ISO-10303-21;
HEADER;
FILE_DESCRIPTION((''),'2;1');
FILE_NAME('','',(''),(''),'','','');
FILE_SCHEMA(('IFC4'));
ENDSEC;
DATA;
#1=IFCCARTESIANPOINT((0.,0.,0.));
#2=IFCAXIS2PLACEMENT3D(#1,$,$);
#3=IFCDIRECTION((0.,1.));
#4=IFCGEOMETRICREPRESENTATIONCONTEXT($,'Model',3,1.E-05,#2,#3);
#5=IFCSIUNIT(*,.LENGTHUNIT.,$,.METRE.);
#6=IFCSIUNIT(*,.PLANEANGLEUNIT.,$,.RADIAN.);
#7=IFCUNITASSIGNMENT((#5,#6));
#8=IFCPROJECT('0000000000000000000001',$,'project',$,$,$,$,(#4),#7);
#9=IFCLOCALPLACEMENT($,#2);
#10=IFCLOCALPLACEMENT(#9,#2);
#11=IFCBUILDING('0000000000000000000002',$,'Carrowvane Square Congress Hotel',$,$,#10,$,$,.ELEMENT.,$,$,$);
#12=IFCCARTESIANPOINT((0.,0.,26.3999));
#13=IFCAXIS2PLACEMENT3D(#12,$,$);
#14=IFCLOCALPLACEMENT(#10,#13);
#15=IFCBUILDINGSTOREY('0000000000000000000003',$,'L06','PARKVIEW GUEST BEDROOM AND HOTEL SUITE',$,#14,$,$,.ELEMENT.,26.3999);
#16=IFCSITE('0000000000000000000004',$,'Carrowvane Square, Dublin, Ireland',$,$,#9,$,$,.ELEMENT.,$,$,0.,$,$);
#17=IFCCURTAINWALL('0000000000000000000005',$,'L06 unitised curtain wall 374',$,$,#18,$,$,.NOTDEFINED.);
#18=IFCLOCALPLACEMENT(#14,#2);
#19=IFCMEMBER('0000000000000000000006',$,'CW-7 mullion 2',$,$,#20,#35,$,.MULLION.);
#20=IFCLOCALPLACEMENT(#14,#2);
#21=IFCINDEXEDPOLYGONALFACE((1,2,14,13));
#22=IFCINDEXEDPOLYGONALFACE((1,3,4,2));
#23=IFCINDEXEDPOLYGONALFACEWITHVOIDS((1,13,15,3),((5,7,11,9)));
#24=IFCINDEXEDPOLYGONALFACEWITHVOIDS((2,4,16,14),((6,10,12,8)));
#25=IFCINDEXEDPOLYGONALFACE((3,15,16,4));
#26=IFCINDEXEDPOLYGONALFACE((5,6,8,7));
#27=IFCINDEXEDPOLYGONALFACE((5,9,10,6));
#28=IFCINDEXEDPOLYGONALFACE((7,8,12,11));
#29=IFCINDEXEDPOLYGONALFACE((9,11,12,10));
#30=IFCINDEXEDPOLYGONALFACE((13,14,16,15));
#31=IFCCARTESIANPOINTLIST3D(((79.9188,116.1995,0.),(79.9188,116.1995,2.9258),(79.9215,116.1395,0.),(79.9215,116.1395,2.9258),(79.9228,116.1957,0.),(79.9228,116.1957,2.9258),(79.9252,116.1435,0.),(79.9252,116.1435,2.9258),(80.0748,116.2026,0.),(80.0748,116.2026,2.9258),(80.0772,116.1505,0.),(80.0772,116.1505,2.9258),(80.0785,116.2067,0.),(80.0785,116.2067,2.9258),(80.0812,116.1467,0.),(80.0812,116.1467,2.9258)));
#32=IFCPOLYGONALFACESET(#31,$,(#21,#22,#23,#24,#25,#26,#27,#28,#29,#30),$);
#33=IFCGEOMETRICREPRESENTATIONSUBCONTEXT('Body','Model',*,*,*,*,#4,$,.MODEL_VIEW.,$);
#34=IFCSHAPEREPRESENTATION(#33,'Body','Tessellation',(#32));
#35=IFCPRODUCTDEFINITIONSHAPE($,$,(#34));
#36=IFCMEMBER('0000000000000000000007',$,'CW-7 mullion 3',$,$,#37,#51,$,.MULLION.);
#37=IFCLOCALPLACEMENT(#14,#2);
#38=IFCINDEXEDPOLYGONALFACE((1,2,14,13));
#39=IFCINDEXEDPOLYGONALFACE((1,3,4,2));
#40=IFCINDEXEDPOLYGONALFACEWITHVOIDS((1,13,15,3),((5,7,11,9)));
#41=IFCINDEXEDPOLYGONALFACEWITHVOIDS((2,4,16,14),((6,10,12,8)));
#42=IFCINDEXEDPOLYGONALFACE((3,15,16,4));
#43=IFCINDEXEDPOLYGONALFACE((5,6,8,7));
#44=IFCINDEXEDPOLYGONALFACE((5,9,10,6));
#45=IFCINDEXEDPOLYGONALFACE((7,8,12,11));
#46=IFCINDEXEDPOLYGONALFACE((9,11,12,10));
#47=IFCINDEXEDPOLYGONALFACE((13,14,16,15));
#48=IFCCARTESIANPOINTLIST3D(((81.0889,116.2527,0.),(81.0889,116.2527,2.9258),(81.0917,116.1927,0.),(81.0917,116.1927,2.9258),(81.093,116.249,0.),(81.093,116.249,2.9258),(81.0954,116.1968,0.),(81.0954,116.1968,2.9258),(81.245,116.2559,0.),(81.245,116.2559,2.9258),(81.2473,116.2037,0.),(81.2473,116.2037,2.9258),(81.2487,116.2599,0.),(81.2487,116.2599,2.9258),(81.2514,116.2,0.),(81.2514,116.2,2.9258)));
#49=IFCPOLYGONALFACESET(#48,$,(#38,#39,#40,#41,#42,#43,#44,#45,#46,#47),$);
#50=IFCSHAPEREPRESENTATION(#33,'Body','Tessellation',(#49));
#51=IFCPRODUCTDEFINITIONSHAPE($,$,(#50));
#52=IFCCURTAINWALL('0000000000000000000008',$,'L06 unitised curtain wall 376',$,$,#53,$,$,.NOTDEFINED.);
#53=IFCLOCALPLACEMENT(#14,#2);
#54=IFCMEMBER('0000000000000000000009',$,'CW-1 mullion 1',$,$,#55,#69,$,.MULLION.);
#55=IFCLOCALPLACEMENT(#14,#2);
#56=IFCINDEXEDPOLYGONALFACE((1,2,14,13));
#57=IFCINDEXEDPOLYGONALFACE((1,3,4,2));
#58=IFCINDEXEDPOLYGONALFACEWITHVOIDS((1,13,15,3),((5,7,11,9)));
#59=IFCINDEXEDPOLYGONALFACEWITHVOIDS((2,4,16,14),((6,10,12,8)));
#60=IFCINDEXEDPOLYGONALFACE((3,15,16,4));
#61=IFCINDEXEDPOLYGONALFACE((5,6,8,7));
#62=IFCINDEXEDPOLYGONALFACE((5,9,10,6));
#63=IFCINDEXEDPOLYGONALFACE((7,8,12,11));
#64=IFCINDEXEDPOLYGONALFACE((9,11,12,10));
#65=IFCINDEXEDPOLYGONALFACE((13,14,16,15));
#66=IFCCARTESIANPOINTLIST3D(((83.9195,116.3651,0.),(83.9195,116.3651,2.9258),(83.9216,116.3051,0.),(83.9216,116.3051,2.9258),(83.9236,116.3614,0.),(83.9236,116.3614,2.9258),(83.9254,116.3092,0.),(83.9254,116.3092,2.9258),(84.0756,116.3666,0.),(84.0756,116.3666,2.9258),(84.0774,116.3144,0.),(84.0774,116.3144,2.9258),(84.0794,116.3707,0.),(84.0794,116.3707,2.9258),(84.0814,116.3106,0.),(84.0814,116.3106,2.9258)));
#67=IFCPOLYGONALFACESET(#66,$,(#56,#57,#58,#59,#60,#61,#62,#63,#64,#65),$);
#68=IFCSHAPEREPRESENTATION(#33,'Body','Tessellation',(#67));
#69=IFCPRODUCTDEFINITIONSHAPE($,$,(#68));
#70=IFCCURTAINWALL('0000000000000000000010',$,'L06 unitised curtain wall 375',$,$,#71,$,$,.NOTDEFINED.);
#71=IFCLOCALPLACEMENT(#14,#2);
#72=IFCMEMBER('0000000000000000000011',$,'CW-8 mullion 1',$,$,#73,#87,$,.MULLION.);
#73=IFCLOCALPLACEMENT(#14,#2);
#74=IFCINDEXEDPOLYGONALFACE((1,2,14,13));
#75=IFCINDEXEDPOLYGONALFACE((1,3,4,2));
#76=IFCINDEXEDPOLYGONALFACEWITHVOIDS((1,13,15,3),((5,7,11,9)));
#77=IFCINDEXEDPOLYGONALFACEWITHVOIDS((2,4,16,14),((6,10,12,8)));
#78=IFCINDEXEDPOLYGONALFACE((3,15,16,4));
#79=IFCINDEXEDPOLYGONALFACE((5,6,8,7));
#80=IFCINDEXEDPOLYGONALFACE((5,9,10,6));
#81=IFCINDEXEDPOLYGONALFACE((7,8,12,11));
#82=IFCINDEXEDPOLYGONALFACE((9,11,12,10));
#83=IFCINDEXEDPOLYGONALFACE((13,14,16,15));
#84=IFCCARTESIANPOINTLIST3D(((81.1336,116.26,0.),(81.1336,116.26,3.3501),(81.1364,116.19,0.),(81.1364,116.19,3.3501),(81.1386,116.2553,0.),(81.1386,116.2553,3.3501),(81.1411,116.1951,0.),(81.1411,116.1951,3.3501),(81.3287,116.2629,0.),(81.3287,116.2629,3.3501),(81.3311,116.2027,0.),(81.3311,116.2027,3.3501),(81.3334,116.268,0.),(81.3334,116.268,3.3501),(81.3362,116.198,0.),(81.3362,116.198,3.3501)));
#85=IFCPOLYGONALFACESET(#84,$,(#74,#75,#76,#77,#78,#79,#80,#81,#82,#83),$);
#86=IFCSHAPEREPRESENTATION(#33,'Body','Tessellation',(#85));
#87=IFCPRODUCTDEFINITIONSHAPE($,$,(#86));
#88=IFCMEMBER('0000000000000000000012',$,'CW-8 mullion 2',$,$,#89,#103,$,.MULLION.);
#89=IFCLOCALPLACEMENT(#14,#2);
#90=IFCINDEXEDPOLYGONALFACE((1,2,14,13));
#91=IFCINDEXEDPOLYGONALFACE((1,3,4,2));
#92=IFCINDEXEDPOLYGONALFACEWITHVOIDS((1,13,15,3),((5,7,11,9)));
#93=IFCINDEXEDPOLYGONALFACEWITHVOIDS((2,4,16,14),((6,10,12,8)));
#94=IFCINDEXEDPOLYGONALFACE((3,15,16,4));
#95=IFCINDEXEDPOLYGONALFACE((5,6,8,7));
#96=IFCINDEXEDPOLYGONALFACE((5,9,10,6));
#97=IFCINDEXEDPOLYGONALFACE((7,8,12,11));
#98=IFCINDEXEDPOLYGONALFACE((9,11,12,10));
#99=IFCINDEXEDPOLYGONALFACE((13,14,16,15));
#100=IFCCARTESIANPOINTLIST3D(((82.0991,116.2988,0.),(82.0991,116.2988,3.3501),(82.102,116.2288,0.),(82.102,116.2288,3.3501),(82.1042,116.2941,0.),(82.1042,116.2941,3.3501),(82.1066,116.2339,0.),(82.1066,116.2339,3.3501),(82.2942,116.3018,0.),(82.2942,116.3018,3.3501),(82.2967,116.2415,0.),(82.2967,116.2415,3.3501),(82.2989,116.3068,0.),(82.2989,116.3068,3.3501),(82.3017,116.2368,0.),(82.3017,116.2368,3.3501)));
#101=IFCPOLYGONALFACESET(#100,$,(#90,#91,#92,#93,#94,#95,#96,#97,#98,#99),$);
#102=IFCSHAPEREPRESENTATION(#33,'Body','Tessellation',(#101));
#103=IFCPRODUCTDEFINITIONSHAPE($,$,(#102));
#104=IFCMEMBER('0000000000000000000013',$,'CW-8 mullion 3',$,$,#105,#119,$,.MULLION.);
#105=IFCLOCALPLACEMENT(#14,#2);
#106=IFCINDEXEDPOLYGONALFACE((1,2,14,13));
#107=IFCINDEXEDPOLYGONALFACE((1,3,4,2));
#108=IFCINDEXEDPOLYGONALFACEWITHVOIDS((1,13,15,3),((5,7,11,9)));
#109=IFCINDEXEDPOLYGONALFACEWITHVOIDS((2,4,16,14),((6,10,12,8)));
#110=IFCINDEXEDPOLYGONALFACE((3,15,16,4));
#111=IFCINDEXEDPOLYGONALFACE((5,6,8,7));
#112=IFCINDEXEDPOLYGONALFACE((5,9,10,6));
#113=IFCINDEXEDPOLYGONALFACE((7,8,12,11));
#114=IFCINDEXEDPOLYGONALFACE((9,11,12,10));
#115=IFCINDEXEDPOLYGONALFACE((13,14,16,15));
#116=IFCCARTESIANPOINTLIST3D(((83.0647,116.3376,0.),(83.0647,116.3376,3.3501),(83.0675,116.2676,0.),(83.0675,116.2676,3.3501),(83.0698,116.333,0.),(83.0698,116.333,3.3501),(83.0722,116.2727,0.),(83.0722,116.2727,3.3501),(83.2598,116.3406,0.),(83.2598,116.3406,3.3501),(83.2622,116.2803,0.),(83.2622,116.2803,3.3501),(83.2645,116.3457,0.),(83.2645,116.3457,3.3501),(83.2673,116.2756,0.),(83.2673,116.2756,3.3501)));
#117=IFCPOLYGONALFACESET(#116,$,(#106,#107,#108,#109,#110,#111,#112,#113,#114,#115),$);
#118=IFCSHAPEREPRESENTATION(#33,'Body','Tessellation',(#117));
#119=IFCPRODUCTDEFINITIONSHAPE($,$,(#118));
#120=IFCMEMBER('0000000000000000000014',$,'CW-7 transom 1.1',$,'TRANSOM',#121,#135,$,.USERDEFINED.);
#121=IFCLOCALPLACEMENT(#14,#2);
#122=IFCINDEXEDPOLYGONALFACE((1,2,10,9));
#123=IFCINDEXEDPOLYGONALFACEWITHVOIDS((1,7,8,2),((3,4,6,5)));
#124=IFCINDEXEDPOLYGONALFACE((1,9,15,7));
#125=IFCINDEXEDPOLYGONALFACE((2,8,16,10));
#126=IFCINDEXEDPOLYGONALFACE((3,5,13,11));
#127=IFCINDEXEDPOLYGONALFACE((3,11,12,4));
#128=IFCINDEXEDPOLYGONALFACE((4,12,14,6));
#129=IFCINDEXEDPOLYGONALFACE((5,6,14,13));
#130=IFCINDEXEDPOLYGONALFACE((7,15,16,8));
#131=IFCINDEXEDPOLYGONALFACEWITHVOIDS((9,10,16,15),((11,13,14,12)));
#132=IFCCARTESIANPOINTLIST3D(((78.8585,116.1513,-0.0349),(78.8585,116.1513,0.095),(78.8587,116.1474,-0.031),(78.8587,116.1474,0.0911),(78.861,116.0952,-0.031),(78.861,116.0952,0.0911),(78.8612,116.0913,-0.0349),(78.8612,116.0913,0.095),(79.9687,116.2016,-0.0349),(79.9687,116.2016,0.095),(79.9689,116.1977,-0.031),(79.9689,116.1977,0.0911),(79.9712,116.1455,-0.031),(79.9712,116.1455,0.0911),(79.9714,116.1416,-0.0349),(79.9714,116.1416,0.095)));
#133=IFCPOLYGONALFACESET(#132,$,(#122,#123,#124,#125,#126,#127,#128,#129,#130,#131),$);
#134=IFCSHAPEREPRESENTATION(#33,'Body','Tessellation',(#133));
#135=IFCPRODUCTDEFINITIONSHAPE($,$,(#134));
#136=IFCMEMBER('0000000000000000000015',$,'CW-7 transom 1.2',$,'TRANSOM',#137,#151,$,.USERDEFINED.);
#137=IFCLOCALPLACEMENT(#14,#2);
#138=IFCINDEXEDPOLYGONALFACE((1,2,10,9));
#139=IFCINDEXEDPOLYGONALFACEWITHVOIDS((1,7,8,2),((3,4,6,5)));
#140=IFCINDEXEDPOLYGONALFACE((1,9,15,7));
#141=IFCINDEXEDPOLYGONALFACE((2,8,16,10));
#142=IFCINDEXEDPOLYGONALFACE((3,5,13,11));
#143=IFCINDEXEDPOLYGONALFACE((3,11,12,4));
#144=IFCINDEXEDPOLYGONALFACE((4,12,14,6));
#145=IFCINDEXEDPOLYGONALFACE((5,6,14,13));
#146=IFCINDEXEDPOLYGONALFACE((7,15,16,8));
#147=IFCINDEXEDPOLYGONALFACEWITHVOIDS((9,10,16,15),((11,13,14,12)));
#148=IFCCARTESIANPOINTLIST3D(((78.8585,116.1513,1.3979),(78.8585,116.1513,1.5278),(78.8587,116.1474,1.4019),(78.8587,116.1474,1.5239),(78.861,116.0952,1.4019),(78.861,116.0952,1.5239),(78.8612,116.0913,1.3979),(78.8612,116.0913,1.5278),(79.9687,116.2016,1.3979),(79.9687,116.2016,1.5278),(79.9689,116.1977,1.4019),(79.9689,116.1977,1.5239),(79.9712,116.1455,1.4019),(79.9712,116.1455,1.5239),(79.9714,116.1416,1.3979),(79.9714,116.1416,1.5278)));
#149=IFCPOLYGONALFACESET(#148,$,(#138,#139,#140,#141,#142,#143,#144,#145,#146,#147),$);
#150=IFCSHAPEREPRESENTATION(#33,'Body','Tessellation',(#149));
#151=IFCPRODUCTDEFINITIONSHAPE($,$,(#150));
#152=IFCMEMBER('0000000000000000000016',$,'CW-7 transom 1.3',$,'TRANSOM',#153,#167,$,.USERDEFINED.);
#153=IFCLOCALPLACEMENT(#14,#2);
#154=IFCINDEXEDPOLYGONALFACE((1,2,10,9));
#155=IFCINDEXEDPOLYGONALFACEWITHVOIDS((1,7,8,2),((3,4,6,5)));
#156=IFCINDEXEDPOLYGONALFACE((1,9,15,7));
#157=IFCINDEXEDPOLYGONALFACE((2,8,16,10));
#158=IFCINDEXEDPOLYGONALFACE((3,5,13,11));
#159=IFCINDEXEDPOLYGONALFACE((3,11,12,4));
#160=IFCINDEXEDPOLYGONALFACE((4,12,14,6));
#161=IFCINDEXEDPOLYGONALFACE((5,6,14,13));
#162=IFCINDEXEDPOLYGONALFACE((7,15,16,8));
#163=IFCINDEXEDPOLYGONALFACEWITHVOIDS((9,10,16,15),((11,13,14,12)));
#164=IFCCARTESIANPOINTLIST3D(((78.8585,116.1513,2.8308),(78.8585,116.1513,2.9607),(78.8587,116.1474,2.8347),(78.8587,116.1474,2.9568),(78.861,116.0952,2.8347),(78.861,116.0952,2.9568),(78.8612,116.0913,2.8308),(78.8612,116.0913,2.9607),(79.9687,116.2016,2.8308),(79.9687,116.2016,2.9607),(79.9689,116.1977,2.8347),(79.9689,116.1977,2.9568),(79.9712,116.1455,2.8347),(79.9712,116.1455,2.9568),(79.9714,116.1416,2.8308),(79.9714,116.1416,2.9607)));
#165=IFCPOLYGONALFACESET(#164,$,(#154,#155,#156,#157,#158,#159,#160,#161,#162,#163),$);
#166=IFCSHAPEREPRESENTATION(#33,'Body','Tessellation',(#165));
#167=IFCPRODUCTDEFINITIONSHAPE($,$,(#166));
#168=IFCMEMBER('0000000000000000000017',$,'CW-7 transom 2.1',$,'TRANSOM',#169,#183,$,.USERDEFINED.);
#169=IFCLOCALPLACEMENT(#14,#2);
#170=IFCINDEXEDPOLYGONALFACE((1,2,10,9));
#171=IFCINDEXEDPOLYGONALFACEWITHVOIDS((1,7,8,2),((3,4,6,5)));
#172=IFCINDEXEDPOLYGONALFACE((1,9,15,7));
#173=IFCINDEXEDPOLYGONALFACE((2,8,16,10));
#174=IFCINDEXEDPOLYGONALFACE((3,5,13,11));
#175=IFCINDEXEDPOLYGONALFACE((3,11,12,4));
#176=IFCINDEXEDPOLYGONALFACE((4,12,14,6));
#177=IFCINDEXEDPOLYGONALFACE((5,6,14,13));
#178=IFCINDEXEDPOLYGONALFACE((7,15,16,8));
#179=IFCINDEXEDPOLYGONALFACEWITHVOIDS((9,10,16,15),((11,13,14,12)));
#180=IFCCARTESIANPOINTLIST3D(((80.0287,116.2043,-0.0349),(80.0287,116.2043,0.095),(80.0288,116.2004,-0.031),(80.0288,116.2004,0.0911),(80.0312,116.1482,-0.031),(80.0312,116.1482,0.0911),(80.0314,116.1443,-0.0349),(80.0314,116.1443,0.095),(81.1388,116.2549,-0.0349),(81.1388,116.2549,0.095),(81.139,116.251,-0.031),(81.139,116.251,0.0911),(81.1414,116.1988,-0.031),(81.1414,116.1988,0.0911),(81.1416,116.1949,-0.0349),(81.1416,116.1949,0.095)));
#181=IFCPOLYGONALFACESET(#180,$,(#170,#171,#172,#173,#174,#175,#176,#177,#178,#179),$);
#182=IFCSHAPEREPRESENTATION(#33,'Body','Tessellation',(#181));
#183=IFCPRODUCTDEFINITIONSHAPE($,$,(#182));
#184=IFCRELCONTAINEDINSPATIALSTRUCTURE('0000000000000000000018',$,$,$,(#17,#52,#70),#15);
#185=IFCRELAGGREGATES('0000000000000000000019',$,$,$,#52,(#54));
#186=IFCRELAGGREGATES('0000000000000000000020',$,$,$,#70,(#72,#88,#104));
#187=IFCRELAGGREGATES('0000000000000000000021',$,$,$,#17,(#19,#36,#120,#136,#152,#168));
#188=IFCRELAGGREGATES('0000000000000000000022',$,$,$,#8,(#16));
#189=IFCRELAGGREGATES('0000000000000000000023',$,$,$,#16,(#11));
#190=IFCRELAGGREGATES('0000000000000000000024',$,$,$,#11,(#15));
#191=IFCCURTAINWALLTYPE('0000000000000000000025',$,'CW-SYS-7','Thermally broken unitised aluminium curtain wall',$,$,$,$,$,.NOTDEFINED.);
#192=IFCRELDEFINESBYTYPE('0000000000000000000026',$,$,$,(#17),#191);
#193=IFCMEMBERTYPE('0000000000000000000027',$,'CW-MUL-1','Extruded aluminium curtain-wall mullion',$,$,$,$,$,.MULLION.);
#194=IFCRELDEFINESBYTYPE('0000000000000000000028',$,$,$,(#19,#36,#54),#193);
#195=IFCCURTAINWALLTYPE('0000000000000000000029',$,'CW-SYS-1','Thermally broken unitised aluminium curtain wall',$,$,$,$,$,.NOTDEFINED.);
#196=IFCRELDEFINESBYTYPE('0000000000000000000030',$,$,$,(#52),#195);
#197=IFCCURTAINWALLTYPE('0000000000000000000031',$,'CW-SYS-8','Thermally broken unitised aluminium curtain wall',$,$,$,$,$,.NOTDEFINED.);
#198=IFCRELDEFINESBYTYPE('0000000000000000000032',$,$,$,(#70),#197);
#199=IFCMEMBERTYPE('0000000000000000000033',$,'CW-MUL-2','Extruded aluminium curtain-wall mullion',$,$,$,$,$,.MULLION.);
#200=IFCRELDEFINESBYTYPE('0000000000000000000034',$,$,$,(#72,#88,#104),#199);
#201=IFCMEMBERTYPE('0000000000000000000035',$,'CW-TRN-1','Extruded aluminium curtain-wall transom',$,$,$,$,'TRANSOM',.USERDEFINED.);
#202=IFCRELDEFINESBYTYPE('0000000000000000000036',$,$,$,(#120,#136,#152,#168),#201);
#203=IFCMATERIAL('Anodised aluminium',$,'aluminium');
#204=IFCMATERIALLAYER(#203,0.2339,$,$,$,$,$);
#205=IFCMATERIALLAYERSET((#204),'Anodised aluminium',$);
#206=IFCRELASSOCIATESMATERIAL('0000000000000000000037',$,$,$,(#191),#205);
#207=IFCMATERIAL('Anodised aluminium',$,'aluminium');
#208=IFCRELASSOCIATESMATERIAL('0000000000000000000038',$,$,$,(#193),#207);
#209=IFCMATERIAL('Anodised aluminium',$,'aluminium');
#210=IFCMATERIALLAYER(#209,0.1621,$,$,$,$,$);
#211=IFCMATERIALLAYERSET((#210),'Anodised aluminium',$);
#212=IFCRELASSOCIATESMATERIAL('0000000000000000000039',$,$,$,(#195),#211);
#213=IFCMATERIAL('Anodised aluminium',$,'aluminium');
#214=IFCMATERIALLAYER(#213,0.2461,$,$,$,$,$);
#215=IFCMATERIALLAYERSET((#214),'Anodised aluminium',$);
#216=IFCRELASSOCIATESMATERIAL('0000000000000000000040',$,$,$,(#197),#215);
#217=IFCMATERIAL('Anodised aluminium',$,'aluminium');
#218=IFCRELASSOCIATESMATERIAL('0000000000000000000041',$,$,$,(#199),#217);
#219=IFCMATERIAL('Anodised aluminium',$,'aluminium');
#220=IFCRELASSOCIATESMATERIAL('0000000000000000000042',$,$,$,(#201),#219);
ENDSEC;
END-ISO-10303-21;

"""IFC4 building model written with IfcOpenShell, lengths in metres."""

from ifc_helpers import new_model, si_unit, direction, frame, origin, origin_2d, place, context, subcontext, project, spatial, hollow_rectangle, extrude, material, layer, layer_set, material_profile, profile_set, type_object, element, aggregate, save


model = new_model("IFC4")

# Units and contexts
model_context = context("Model", 3, precision=1e-05, world=origin(), true_north=direction((0.0, 1.0)))
body_context = subcontext(model_context, "Body", "Model", "MODEL_VIEW")
ifc_project = project(units=[si_unit("LENGTHUNIT", "METRE"), si_unit("PLANEANGLEUNIT", "RADIAN")], contexts=[model_context])

# Site, building, storey
site_placement = place(None, origin())
site = spatial("IfcSite", under=ifc_project, at=site_placement, Name="Carrowvane Square, Dublin, Ireland", CompositionType="ELEMENT", RefElevation=0.0)
building_placement = place(site_placement, origin())
building = spatial("IfcBuilding", under=site, at=building_placement, Name="Carrowvane Square Congress Hotel", CompositionType="ELEMENT")
storey_placement = place(building_placement, frame((0.0, 0.0, 26.3999)))
storey = spatial("IfcBuildingStorey", under=building, at=storey_placement, Name="L06", Description="PARKVIEW GUEST BEDROOM AND HOTEL SUITE", CompositionType="ELEMENT", Elevation=26.3999)

# Curtain wall, members
ifc_material_1 = material(Name="Anodised aluminium", Category="aluminium")
ifc_layer_1 = layer(ifc_material_1, 0.2339)
ifc_layer_set_1 = layer_set([ifc_layer_1], Name="Anodised aluminium")
curtain_wall_type_1 = type_object("IfcCurtainWallType", Name="CW-SYS-7", Description="Thermally broken unitised aluminium curtain wall", PredefinedType="NOTDEFINED", material=ifc_layer_set_1)
curtain_wall_1_placement = place(storey_placement, origin())
curtain_wall_1 = element("IfcCurtainWall", 1, at=curtain_wall_1_placement, inside=storey, type_object=curtain_wall_type_1, Name="L06 unitised curtain wall 374", PredefinedType="NOTDEFINED")
ifc_material_2 = material(Name="Anodised aluminium", Category="aluminium")
ifc_material_profile_1 = material_profile(ifc_material_2, hollow_rectangle(XDim=0.0601, YDim=0.1599, WallThickness=0.0039, at=origin_2d()), Name="CW-ML 60x160x4")
ifc_profile_set_1 = profile_set([ifc_material_profile_1], Name="Anodised aluminium")
member_type_1 = type_object("IfcMemberType", Name="CW-MUL-1", Description="Extruded aluminium curtain-wall mullion", PredefinedType="MULLION", material=ifc_profile_set_1)
member_1_placement = place(storey_placement, frame((80.0, 116.1731, 0.0), z_axis=(0.0, 0.0, 1.0), x_axis=(-0.045411, 0.998968, 0.0)))
member_1 = element("IfcMember", 2, at=member_1_placement, type_object=member_type_1, Name="CW-7 mullion 2", PredefinedType="MULLION", context=body_context, shape_type="SweptSolid", body=[
    extrude(hollow_rectangle(XDim=0.0601, YDim=0.1599, WallThickness=0.0039, at=origin_2d()), origin(), (0.0, 0.0, 1.0), 2.9258),
])
member_2_placement = place(storey_placement, frame((81.1702, 116.2263, 0.0), z_axis=(0.0, 0.0, 1.0), x_axis=(-0.045411, 0.998968, 0.0)))
member_2 = element("IfcMember", 3, at=member_2_placement, type_object=member_type_1, Name="CW-7 mullion 3", PredefinedType="MULLION", context=body_context, shape_type="SweptSolid", body=[
    extrude(hollow_rectangle(XDim=0.0601, YDim=0.1599, WallThickness=0.0039, at=origin_2d()), origin(), (0.0, 0.0, 1.0), 2.9258),
])

# Curtain wall, member
ifc_material_3 = material(Name="Anodised aluminium", Category="aluminium")
ifc_layer_2 = layer(ifc_material_3, 0.1621)
ifc_layer_set_2 = layer_set([ifc_layer_2], Name="Anodised aluminium")
curtain_wall_type_2 = type_object("IfcCurtainWallType", Name="CW-SYS-1", Description="Thermally broken unitised aluminium curtain wall", PredefinedType="NOTDEFINED", material=ifc_layer_set_2)
curtain_wall_2_placement = place(storey_placement, origin())
curtain_wall_2 = element("IfcCurtainWall", 4, at=curtain_wall_2_placement, inside=storey, type_object=curtain_wall_type_2, Name="L06 unitised curtain wall 376", PredefinedType="NOTDEFINED")
member_3_placement = place(storey_placement, frame((84.0005, 116.3379, 0.0), z_axis=(0.0, 0.0, 1.0), x_axis=(-0.034527, 0.999404, 0.0)))
member_3 = element("IfcMember", 5, at=member_3_placement, type_object=member_type_1, Name="CW-1 mullion 1", PredefinedType="MULLION", context=body_context, shape_type="SweptSolid", body=[
    extrude(hollow_rectangle(XDim=0.0601, YDim=0.1599, WallThickness=0.0039, at=origin_2d()), origin(), (0.0, 0.0, 1.0), 2.9258),
])
aggregate(curtain_wall_2, [member_3])

# Curtain wall, members
ifc_material_4 = material(Name="Anodised aluminium", Category="aluminium")
ifc_layer_3 = layer(ifc_material_4, 0.2461)
ifc_layer_set_3 = layer_set([ifc_layer_3], Name="Anodised aluminium")
curtain_wall_type_3 = type_object("IfcCurtainWallType", Name="CW-SYS-8", Description="Thermally broken unitised aluminium curtain wall", PredefinedType="NOTDEFINED", material=ifc_layer_set_3)
curtain_wall_3_placement = place(storey_placement, origin())
curtain_wall_3 = element("IfcCurtainWall", 6, at=curtain_wall_3_placement, inside=storey, type_object=curtain_wall_type_3, Name="L06 unitised curtain wall 375", PredefinedType="NOTDEFINED")
ifc_material_5 = material(Name="Anodised aluminium", Category="aluminium")
ifc_material_profile_2 = material_profile(ifc_material_5, hollow_rectangle(XDim=0.0701, YDim=0.2, WallThickness=0.0049, at=origin_2d()), Name="CW-ML 70x200x5")
ifc_profile_set_2 = profile_set([ifc_material_profile_2], Name="Anodised aluminium")
member_type_2 = type_object("IfcMemberType", Name="CW-MUL-2", Description="Extruded aluminium curtain-wall mullion", PredefinedType="MULLION", material=ifc_profile_set_2)
member_4_placement = place(storey_placement, frame((81.2349, 116.229, 0.0), z_axis=(0.0, 0.0, 1.0), x_axis=(-0.040136, 0.999194, 0.0)))
member_4 = element("IfcMember", 7, at=member_4_placement, type_object=member_type_2, Name="CW-8 mullion 1", PredefinedType="MULLION", context=body_context, shape_type="SweptSolid", body=[
    extrude(hollow_rectangle(XDim=0.0701, YDim=0.2, WallThickness=0.0049, at=origin_2d()), origin(), (0.0, 0.0, 1.0), 3.3501),
])
member_5_placement = place(storey_placement, frame((82.2004, 116.2678, 0.0), z_axis=(0.0, 0.0, 1.0), x_axis=(-0.040136, 0.999194, 0.0)))
member_5 = element("IfcMember", 8, at=member_5_placement, type_object=member_type_2, Name="CW-8 mullion 2", PredefinedType="MULLION", context=body_context, shape_type="SweptSolid", body=[
    extrude(hollow_rectangle(XDim=0.0701, YDim=0.2, WallThickness=0.0049, at=origin_2d()), origin(), (0.0, 0.0, 1.0), 3.3501),
])
member_6_placement = place(storey_placement, frame((83.166, 116.3066, 0.0), z_axis=(0.0, 0.0, 1.0), x_axis=(-0.040136, 0.999194, 0.0)))
member_6 = element("IfcMember", 9, at=member_6_placement, type_object=member_type_2, Name="CW-8 mullion 3", PredefinedType="MULLION", context=body_context, shape_type="SweptSolid", body=[
    extrude(hollow_rectangle(XDim=0.0701, YDim=0.2, WallThickness=0.0049, at=origin_2d()), origin(), (0.0, 0.0, 1.0), 3.3501),
])

# Members
ifc_material_6 = material(Name="Anodised aluminium", Category="aluminium")
ifc_material_profile_3 = material_profile(ifc_material_6, hollow_rectangle(XDim=0.0601, YDim=0.1299, WallThickness=0.0039, at=origin_2d()), Name="CW-TR 60x130x4")
ifc_profile_set_3 = profile_set([ifc_material_profile_3], Name="Anodised aluminium")
member_type_3 = type_object("IfcMemberType", Name="CW-TRN-1", Description="Extruded aluminium curtain-wall transom", ElementType="TRANSOM", PredefinedType="USERDEFINED", material=ifc_profile_set_3)
member_7_placement = place(storey_placement, frame((78.8599, 116.1213, 0.03), z_axis=(0.998975, 0.045258, 0.0), x_axis=(-0.045258, 0.998975, 0.0)))
member_7 = element("IfcMember", 10, at=member_7_placement, type_object=member_type_3, Name="CW-7 transom 1.1", ObjectType="TRANSOM", PredefinedType="USERDEFINED", context=body_context, shape_type="SweptSolid", body=[
    extrude(hollow_rectangle(XDim=0.0601, YDim=0.1299, WallThickness=0.0039, at=origin_2d()), origin(), (0.0, 0.0, 1.0), 1.1113),
])
member_8_placement = place(storey_placement, frame((78.8599, 116.1213, 1.4629), z_axis=(0.998975, 0.045258, 0.0), x_axis=(-0.045258, 0.998975, 0.0)))
member_8 = element("IfcMember", 11, at=member_8_placement, type_object=member_type_3, Name="CW-7 transom 1.2", ObjectType="TRANSOM", PredefinedType="USERDEFINED", context=body_context, shape_type="SweptSolid", body=[
    extrude(hollow_rectangle(XDim=0.0601, YDim=0.1299, WallThickness=0.0039, at=origin_2d()), origin(), (0.0, 0.0, 1.0), 1.1113),
])
member_9_placement = place(storey_placement, frame((78.8599, 116.1213, 2.8958), z_axis=(0.998975, 0.045258, 0.0), x_axis=(-0.045258, 0.998975, 0.0)))
member_9 = element("IfcMember", 12, at=member_9_placement, type_object=member_type_3, Name="CW-7 transom 1.3", ObjectType="TRANSOM", PredefinedType="USERDEFINED", context=body_context, shape_type="SweptSolid", body=[
    extrude(hollow_rectangle(XDim=0.0601, YDim=0.1299, WallThickness=0.0039, at=origin_2d()), origin(), (0.0, 0.0, 1.0), 1.1113),
])
member_10_placement = place(storey_placement, frame((80.03, 116.1743, 0.03), z_axis=(0.998965, 0.045477, 0.0), x_axis=(-0.045477, 0.998965, 0.0)))
member_10 = element("IfcMember", 13, at=member_10_placement, type_object=member_type_3, Name="CW-7 transom 2.1", ObjectType="TRANSOM", PredefinedType="USERDEFINED", context=body_context, shape_type="SweptSolid", body=[
    extrude(hollow_rectangle(XDim=0.0601, YDim=0.1299, WallThickness=0.0039, at=origin_2d()), origin(), (0.0, 0.0, 1.0), 1.1113),
])

aggregate(curtain_wall_3, [member_4, member_5, member_6])
aggregate(curtain_wall_1, [member_1, member_2, member_7, member_8, member_9, member_10])

save(model, "model.ifc")
